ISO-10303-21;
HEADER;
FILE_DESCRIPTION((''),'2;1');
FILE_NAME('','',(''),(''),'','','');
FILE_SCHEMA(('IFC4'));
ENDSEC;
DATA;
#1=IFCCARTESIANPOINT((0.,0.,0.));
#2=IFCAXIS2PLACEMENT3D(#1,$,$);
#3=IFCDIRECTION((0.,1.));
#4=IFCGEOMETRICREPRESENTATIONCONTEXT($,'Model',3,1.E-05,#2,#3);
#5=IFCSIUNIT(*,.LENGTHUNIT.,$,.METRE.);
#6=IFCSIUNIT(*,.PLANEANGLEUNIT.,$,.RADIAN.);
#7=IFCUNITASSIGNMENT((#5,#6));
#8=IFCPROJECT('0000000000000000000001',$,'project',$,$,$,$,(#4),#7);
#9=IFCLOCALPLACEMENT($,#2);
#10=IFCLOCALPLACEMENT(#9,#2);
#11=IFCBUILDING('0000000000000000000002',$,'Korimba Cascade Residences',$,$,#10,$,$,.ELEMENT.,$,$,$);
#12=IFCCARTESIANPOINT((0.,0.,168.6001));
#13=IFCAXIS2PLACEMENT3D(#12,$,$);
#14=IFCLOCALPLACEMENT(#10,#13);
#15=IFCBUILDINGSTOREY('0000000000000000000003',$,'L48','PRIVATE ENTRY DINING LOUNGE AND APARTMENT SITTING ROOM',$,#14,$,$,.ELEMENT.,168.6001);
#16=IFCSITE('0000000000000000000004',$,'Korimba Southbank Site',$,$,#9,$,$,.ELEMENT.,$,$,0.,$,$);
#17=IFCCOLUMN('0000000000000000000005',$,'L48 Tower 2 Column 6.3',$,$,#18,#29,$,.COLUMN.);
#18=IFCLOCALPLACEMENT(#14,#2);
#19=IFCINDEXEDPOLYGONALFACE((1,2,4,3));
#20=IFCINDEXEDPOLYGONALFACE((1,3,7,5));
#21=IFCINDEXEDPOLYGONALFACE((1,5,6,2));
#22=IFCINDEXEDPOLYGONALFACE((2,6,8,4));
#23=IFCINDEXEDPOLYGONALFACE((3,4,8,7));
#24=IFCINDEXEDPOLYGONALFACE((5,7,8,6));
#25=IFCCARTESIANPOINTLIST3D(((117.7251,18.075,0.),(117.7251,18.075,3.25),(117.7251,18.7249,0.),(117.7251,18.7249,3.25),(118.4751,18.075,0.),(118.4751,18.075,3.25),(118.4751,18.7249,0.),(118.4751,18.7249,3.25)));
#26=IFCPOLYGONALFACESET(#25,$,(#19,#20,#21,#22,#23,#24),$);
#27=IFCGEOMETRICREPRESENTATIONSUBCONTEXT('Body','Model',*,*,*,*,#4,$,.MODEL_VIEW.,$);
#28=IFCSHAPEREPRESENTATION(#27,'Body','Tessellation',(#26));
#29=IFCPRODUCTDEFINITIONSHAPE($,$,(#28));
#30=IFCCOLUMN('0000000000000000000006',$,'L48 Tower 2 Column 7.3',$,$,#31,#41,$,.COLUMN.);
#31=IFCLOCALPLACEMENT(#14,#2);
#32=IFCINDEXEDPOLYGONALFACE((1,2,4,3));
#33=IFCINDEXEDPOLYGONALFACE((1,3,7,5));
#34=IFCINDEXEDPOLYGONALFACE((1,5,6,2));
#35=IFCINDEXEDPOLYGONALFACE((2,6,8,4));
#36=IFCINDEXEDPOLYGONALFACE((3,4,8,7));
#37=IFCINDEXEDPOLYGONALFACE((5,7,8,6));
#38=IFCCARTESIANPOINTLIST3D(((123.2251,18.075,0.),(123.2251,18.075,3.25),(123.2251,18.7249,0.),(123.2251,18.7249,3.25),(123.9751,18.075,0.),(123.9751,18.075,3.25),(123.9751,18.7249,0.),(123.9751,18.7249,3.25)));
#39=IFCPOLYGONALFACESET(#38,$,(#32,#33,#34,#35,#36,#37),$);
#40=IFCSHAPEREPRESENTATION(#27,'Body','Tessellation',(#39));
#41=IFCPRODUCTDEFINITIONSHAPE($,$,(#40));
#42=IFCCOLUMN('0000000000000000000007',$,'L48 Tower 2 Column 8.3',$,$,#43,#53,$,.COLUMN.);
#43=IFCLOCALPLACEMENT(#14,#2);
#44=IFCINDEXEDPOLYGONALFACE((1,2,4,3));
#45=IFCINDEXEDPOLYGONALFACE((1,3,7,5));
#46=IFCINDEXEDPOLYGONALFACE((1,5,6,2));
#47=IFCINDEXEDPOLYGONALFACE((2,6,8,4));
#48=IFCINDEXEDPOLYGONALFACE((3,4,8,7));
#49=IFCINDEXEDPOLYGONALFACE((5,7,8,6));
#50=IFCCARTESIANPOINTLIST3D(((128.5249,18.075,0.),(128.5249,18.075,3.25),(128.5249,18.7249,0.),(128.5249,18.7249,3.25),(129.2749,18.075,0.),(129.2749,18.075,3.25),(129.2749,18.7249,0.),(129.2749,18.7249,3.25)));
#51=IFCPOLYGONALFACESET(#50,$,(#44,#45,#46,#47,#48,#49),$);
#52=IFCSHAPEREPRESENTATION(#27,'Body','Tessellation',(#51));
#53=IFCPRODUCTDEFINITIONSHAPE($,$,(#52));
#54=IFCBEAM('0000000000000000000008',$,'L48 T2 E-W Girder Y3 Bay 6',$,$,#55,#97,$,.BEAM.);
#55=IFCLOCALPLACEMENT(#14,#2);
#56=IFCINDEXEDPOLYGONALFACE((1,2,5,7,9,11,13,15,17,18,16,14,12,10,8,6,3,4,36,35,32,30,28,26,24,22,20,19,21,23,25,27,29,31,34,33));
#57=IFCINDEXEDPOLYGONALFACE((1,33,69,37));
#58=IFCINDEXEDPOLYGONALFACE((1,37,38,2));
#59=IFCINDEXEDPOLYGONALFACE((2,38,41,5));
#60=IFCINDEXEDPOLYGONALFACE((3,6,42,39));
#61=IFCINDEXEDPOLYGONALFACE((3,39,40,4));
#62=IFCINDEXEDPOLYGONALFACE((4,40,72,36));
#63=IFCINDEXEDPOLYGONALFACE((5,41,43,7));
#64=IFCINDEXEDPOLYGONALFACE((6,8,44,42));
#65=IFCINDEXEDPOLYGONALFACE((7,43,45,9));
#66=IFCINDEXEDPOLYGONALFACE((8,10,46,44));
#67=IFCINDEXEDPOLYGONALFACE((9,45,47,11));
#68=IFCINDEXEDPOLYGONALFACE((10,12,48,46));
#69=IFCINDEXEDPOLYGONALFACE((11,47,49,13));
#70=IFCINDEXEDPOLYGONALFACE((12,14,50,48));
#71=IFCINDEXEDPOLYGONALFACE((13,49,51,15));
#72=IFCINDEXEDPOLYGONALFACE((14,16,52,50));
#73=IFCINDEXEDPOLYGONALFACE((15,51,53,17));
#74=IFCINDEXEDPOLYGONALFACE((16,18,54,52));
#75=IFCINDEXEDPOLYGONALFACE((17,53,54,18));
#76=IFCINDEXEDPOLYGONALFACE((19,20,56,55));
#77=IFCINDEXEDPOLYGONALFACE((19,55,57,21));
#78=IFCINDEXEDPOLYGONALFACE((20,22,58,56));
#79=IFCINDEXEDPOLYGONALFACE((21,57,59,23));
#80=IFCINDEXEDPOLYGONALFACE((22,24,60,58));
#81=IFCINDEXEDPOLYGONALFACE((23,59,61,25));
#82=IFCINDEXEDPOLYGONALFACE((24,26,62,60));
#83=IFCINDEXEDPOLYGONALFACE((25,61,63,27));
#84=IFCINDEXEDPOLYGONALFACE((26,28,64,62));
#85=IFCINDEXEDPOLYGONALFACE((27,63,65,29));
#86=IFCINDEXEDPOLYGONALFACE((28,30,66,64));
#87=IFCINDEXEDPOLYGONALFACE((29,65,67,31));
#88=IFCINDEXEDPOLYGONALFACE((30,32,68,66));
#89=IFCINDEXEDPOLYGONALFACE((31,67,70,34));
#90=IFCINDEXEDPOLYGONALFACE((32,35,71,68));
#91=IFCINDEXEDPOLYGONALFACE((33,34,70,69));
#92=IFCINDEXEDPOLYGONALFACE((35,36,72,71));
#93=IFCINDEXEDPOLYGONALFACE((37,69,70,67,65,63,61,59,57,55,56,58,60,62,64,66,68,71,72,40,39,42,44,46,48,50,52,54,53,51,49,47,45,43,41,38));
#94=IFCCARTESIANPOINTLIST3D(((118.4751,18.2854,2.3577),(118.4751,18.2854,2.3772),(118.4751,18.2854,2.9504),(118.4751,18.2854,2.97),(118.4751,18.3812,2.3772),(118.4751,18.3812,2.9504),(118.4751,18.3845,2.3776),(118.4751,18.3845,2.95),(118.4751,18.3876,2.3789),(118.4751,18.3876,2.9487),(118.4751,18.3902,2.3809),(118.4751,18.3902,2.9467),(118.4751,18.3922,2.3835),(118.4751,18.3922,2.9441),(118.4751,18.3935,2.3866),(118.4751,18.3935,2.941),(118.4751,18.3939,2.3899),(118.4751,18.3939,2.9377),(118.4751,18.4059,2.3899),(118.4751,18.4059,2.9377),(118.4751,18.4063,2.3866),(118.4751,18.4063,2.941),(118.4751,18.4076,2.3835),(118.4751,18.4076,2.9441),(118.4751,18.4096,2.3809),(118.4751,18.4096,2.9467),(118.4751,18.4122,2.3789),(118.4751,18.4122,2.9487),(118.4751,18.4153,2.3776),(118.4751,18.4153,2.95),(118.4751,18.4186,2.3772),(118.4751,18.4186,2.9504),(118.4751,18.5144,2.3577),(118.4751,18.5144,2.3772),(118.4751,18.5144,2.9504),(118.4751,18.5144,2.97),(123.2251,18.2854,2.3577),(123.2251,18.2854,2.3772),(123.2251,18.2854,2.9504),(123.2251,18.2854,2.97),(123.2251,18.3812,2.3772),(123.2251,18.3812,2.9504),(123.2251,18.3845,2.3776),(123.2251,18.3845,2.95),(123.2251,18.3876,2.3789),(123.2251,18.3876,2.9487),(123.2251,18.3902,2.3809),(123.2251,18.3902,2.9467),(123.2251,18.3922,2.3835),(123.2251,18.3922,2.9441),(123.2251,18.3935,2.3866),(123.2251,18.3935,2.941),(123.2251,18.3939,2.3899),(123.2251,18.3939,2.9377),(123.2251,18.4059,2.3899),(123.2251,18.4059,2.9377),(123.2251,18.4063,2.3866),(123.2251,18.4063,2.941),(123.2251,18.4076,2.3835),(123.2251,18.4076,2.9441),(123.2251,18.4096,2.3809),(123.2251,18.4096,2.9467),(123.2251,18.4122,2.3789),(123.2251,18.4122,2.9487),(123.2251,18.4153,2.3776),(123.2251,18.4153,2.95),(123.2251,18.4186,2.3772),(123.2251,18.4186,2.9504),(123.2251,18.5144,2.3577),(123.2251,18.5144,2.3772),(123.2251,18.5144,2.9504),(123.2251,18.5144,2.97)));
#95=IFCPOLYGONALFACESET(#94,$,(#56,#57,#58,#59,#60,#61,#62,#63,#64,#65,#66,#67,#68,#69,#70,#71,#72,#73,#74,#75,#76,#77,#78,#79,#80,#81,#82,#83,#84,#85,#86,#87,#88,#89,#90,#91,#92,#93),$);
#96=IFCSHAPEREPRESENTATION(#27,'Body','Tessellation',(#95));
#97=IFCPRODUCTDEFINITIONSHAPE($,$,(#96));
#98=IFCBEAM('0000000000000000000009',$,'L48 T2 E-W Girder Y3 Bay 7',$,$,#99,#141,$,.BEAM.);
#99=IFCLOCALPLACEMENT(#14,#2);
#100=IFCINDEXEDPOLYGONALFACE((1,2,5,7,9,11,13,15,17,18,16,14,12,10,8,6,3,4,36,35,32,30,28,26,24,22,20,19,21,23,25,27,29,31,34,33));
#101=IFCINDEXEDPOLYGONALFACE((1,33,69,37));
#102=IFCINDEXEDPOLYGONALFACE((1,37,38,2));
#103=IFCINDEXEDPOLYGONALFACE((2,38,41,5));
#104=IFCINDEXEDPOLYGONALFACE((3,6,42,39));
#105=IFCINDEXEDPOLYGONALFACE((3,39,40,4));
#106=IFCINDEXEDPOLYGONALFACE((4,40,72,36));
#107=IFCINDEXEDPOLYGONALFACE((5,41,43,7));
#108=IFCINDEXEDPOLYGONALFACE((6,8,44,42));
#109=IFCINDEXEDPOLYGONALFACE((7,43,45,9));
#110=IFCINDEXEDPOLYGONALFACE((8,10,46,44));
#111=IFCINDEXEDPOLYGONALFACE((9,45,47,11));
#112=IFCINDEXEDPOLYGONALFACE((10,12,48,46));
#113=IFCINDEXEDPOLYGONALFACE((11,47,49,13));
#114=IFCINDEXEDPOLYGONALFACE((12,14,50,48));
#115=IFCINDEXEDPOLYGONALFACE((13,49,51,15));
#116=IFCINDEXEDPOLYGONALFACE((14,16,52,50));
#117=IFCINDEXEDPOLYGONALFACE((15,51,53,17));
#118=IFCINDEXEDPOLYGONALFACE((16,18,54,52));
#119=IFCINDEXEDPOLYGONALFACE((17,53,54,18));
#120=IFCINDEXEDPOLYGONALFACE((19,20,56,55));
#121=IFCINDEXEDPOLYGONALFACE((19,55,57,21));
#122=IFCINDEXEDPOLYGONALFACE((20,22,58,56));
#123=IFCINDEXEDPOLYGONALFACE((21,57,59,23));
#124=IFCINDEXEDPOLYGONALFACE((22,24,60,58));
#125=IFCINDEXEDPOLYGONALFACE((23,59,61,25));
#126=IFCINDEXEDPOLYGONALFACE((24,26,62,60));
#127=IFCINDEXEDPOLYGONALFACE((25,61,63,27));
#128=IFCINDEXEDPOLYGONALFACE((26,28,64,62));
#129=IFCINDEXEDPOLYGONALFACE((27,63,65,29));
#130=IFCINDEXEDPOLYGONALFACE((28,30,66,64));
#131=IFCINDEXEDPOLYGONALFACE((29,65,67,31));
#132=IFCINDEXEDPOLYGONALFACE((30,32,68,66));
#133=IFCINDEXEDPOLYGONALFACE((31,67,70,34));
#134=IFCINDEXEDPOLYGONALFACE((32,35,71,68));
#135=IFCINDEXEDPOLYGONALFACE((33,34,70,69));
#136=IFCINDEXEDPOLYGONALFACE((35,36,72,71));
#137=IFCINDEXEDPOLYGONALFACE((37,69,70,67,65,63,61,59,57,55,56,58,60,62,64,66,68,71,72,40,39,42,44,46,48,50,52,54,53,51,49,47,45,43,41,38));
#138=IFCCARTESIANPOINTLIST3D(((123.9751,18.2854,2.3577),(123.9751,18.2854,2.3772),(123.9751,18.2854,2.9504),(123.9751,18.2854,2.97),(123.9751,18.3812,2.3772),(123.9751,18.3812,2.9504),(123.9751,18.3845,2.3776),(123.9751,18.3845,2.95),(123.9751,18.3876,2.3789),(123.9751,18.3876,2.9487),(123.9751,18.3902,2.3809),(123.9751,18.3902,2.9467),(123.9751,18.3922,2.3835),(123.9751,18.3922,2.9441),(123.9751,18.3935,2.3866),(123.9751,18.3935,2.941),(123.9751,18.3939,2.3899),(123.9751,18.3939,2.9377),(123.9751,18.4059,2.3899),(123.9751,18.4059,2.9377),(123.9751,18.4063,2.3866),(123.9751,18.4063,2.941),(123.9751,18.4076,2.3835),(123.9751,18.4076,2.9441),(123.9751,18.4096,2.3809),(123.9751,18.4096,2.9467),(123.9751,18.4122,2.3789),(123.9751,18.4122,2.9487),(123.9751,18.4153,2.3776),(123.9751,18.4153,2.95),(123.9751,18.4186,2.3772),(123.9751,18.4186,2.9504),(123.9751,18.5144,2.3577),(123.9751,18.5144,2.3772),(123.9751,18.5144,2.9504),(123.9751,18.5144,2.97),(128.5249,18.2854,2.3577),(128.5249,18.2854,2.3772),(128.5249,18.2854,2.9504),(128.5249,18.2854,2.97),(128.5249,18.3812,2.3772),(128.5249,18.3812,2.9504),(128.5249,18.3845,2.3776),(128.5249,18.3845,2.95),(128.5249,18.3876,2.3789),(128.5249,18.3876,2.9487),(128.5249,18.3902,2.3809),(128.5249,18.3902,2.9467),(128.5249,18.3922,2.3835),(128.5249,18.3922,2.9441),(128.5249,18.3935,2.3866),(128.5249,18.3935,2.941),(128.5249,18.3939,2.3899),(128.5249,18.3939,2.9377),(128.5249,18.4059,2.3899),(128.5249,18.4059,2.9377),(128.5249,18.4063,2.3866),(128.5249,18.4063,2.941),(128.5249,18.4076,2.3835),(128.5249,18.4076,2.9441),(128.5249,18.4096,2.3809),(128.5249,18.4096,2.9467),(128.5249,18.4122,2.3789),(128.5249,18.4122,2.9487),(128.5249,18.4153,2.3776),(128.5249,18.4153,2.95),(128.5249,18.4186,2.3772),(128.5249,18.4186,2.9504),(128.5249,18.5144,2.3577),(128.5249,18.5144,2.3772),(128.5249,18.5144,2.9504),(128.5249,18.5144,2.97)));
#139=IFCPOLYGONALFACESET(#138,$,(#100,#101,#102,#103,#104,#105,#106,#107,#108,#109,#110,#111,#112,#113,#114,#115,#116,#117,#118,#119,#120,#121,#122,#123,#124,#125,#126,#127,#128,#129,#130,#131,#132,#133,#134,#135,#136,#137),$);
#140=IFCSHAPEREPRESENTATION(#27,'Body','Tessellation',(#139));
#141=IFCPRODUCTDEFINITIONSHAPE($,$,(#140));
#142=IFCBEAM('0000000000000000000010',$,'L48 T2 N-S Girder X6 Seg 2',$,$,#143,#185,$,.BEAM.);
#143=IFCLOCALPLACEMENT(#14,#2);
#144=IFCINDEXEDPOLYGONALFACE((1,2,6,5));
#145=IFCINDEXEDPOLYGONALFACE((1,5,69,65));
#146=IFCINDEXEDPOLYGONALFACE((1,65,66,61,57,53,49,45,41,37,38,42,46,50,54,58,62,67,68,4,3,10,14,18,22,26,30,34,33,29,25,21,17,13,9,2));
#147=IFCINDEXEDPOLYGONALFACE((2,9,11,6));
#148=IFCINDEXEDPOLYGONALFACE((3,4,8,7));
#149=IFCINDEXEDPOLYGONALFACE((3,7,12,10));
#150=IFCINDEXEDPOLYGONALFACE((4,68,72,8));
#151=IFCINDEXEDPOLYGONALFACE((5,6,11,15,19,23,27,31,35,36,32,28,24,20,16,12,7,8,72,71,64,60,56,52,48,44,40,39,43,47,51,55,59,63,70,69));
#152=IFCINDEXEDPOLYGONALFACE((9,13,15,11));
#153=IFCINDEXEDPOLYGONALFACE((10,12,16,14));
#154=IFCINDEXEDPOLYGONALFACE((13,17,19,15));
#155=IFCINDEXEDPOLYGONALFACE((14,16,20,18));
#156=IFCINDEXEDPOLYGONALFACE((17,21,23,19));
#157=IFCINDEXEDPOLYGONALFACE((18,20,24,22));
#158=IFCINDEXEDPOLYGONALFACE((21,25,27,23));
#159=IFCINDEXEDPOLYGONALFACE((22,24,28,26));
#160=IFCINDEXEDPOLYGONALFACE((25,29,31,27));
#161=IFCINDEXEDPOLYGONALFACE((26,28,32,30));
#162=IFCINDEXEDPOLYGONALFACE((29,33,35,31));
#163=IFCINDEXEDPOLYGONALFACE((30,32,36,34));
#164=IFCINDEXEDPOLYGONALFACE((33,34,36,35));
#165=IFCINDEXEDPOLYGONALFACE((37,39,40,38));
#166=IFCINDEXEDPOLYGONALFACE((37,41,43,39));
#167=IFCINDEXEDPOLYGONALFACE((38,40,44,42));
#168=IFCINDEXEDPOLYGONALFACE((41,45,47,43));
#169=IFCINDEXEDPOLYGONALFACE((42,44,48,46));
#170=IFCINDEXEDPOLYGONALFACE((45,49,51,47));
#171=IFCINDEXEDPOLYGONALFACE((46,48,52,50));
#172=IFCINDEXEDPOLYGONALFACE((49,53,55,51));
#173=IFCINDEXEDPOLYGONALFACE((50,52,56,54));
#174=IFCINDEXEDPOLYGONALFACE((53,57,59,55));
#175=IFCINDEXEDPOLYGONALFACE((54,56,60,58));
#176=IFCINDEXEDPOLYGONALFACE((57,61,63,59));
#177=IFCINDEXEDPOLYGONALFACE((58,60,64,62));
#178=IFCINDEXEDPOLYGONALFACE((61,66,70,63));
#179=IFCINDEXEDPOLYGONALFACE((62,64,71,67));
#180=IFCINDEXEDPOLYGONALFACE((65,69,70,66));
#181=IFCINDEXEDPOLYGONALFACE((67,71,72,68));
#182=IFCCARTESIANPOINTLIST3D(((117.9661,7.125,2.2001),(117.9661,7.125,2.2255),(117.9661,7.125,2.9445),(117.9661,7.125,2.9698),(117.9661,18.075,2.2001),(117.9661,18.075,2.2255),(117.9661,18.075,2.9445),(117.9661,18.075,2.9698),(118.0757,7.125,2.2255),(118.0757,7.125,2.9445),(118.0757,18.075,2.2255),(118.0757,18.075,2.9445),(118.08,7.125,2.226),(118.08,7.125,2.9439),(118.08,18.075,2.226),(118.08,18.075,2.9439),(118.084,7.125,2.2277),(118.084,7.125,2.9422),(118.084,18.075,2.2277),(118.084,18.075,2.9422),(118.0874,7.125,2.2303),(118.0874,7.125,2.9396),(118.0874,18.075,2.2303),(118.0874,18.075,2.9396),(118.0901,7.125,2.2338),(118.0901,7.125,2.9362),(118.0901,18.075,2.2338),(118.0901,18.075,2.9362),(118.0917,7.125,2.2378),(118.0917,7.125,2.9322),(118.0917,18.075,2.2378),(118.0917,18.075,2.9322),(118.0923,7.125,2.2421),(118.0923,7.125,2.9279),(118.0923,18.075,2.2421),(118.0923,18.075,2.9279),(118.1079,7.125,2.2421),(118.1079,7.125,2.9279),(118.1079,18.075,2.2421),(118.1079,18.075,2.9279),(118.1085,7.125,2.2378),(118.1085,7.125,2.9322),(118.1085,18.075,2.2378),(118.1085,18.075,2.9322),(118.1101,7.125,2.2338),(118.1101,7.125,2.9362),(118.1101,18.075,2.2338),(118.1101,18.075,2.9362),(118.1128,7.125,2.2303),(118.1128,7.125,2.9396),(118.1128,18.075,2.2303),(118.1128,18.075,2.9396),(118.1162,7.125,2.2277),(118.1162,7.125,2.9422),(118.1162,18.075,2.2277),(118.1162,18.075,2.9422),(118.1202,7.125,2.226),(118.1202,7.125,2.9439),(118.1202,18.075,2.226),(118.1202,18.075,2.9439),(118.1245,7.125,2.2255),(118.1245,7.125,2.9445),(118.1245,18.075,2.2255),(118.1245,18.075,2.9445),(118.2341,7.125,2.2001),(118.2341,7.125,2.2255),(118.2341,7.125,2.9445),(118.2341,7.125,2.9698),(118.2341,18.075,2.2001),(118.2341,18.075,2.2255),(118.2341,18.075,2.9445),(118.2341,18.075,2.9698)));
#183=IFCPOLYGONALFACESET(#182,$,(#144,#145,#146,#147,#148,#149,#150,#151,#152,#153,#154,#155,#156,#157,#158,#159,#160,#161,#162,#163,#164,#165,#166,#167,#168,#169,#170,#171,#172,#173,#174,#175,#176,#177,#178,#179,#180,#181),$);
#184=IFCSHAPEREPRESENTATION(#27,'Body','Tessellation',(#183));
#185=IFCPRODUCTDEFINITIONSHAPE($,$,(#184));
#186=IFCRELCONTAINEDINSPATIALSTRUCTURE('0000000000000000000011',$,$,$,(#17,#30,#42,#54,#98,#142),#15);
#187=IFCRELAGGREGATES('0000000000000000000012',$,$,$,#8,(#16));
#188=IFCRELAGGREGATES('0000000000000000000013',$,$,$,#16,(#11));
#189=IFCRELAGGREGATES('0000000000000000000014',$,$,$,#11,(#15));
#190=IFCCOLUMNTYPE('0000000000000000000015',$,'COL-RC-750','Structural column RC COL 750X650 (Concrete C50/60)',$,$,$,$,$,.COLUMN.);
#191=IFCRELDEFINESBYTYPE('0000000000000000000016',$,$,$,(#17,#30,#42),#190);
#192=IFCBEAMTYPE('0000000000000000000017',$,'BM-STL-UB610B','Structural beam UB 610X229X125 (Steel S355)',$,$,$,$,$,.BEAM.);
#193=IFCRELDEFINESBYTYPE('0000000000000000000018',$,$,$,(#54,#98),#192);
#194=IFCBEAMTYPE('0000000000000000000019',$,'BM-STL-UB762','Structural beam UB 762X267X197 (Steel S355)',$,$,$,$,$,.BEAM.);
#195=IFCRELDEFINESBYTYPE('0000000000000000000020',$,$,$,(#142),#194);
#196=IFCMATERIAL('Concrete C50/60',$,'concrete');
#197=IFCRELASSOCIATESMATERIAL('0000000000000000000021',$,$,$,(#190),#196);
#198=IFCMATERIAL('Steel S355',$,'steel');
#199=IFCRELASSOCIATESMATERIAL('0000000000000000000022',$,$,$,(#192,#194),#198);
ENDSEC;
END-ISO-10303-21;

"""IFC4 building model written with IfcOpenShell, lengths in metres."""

from ifc_helpers import new_model, si_unit, direction, frame, origin, origin_2d, place, context, subcontext, project, spatial, rectangle, i_section, extrude, material, material_profile, profile_set, type_object, element, save


model = new_model("IFC4")

# Units and contexts
model_context = context("Model", 3, precision=1e-05, world=origin(), true_north=direction((0.0, 1.0)))
body_context = subcontext(model_context, "Body", "Model", "MODEL_VIEW")
ifc_project = project(units=[si_unit("LENGTHUNIT", "METRE"), si_unit("PLANEANGLEUNIT", "RADIAN")], contexts=[model_context])

# Site, building, storey
site_placement = place(None, origin())
site = spatial("IfcSite", under=ifc_project, at=site_placement, Name="Korimba Southbank Site", CompositionType="ELEMENT", RefElevation=0.0)
building_placement = place(site_placement, origin())
building = spatial("IfcBuilding", under=site, at=building_placement, Name="Korimba Cascade Residences", CompositionType="ELEMENT")
storey_placement = place(building_placement, frame((0.0, 0.0, 168.6001)))
storey = spatial("IfcBuildingStorey", under=building, at=storey_placement, Name="L48", Description="PRIVATE ENTRY DINING LOUNGE AND APARTMENT SITTING ROOM", CompositionType="ELEMENT", Elevation=168.6001)

# Columns
ifc_material_1 = material(Name="Concrete C50/60", Category="concrete")
ifc_material_profile_1 = material_profile(ifc_material_1, rectangle(XDim=0.75, YDim=0.6499, at=origin_2d()), Name="Concrete C50/60")
ifc_profile_set_1 = profile_set([ifc_material_profile_1], Name="Concrete C50/60")
column_type = type_object("IfcColumnType", Name="COL-RC-750", Description="Structural column RC COL 750X650 (Concrete C50/60)", PredefinedType="COLUMN", material=ifc_profile_set_1)
for number, where, z_axis, x_axis, name in (
    (1, (118.1001, 18.3999, 0.0), (0.0, 0.0, 1.0), (1.0, 0.0, 0.0), "L48 Tower 2 Column 6.3"),
    (2, (123.6001, 18.3999, 0.0), (0.0, 0.0, 1.0), (1.0, 0.0, 0.0), "L48 Tower 2 Column 7.3"),
    (3, (128.8999, 18.3999, 0.0), (0.0, 0.0, 1.0), (1.0, 0.0, 0.0), "L48 Tower 2 Column 8.3"),
):
    element("IfcColumn", number, at=place(storey_placement, frame(where, z_axis=z_axis, x_axis=x_axis)), inside=storey, type_object=column_type, Name=name, PredefinedType="COLUMN", context=body_context, shape_type="SweptSolid", body=[
        extrude(rectangle(XDim=0.75, YDim=0.6499, at=origin_2d()), origin(), (0.0, 0.0, 1.0), 3.25),
    ])

# Beams
ifc_material_2 = material(Name="Steel S355", Category="steel")
ifc_material_profile_2 = material_profile(ifc_material_2, i_section(OverallWidth=0.229, OverallDepth=0.6123, WebThickness=0.012, FlangeThickness=0.0195, FilletRadius=0.0127, at=origin_2d()), Name="Steel S355")
ifc_profile_set_2 = profile_set([ifc_material_profile_2], Name="Steel S355")
beam_type_1 = type_object("IfcBeamType", Name="BM-STL-UB610B", Description="Structural beam UB 610X229X125 (Steel S355)", PredefinedType="BEAM", material=ifc_profile_set_2)
beam_1_placement = place(storey_placement, frame((118.4751, 18.3999, 2.6638), z_axis=(1.0, 0.0, 0.0), x_axis=(0.0, 1.0, 0.0)))
element("IfcBeam", 4, at=beam_1_placement, inside=storey, type_object=beam_type_1, Name="L48 T2 E-W Girder Y3 Bay 6", PredefinedType="BEAM", context=body_context, shape_type="SweptSolid", body=[
    extrude(i_section(OverallWidth=0.229, OverallDepth=0.6123, WebThickness=0.012, FlangeThickness=0.0195, FilletRadius=0.0127, at=origin_2d()), origin(), (0.0, 0.0, 1.0), 4.75),
])
beam_2_placement = place(storey_placement, frame((123.9751, 18.3999, 2.6638), z_axis=(1.0, 0.0, 0.0), x_axis=(0.0, 1.0, 0.0)))
element("IfcBeam", 5, at=beam_2_placement, inside=storey, type_object=beam_type_1, Name="L48 T2 E-W Girder Y3 Bay 7", PredefinedType="BEAM", context=body_context, shape_type="SweptSolid", body=[
    extrude(i_section(OverallWidth=0.229, OverallDepth=0.6123, WebThickness=0.012, FlangeThickness=0.0195, FilletRadius=0.0127, at=origin_2d()), origin(), (0.0, 0.0, 1.0), 4.5498),
])
ifc_material_profile_3 = material_profile(ifc_material_2, i_section(OverallWidth=0.2681, OverallDepth=0.7698, WebThickness=0.0156, FlangeThickness=0.0254, FilletRadius=0.0166, at=origin_2d()), Name="Steel S355")
ifc_profile_set_3 = profile_set([ifc_material_profile_3], Name="Steel S355")
beam_type_2 = type_object("IfcBeamType", Name="BM-STL-UB762", Description="Structural beam UB 762X267X197 (Steel S355)", PredefinedType="BEAM", material=ifc_profile_set_3)
for number, where, z_axis, x_axis, name in (
    (6, (118.1001, 7.125, 2.585), (0.0, 1.0, 0.0), (-1.0, 0.0, 0.0), "L48 T2 N-S Girder X6 Seg 2"),
):
    element("IfcBeam", number, at=place(storey_placement, frame(where, z_axis=z_axis, x_axis=x_axis)), inside=storey, type_object=beam_type_2, Name=name, PredefinedType="BEAM", context=body_context, shape_type="SweptSolid", body=[
        extrude(i_section(OverallWidth=0.2681, OverallDepth=0.7698, WebThickness=0.0156, FlangeThickness=0.0254, FilletRadius=0.0166, at=origin_2d()), origin(), (0.0, 0.0, 1.0), 10.95),
    ])

save(model, "model.ifc")
